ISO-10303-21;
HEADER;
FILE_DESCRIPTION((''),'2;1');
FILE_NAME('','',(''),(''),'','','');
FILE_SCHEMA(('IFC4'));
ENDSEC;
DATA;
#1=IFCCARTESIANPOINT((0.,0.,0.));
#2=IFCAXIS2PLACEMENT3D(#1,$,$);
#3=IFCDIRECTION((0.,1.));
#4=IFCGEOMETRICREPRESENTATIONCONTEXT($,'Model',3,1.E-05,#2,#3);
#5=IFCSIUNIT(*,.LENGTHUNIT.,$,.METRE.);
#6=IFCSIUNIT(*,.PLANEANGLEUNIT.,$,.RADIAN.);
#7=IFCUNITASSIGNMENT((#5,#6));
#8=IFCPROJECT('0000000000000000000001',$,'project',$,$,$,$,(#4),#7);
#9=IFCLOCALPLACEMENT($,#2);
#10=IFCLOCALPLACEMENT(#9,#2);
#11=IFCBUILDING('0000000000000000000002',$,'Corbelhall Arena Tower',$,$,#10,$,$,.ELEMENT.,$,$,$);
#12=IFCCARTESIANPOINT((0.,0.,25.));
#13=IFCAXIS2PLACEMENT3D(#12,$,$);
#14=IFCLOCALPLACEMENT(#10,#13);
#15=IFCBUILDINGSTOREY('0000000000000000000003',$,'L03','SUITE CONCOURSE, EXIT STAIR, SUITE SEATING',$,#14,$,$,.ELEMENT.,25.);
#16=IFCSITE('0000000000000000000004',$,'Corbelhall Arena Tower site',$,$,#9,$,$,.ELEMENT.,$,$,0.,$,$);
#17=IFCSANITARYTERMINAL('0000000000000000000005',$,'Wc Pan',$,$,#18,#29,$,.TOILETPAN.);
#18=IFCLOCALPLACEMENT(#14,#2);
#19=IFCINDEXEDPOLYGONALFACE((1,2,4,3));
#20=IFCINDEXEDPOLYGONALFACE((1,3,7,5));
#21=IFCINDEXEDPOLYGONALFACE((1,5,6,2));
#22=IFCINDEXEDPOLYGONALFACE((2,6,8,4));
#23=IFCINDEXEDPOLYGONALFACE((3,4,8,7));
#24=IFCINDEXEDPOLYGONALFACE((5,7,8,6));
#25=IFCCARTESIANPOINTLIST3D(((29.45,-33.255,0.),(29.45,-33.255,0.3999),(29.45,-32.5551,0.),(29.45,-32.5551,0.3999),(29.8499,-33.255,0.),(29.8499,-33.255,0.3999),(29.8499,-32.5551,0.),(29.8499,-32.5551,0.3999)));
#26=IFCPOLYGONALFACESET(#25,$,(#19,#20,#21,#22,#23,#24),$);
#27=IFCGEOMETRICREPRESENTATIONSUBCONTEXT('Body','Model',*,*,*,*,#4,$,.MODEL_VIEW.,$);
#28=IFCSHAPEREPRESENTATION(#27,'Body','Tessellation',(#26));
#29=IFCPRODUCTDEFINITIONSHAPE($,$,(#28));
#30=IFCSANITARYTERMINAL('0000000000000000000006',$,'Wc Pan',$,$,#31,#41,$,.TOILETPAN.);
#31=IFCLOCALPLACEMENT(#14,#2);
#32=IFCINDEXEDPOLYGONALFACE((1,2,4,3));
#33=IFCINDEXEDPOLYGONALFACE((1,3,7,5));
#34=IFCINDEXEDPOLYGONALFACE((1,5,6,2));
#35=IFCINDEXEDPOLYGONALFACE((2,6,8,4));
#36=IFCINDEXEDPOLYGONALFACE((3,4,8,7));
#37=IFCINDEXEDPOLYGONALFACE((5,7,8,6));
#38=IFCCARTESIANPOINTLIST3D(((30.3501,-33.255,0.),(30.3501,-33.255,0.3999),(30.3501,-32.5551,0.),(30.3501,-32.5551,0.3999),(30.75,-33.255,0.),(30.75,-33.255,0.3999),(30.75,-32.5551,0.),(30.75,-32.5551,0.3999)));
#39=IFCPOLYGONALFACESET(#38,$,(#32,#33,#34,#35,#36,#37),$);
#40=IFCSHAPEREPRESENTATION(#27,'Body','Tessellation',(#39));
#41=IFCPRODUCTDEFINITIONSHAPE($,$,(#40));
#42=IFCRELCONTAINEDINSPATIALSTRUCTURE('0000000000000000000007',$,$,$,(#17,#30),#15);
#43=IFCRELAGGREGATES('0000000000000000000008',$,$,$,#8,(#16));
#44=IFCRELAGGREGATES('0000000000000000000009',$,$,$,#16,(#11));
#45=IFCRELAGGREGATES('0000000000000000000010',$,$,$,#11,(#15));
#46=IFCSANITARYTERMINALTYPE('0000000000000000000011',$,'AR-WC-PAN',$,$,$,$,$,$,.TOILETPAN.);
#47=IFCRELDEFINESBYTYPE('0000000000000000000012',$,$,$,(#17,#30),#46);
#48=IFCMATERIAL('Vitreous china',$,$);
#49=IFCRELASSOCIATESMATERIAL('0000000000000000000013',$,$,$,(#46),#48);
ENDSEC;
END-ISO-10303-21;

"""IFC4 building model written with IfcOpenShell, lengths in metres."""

from ifc_helpers import new_model, si_unit, direction, frame, origin, origin_2d, place, context, subcontext, project, spatial, rectangle, extrude, material, type_object, element, save


model = new_model("IFC4")

# Units and contexts
model_context = context("Model", 3, precision=1e-05, world=origin(), true_north=direction((0.0, 1.0)))
body_context = subcontext(model_context, "Body", "Model", "MODEL_VIEW")
ifc_project = project(units=[si_unit("LENGTHUNIT", "METRE"), si_unit("PLANEANGLEUNIT", "RADIAN")], contexts=[model_context])

# Site, building, storey
site_placement = place(None, origin())
site = spatial("IfcSite", under=ifc_project, at=site_placement, Name="Corbelhall Arena Tower site", CompositionType="ELEMENT", RefElevation=0.0)
building_placement = place(site_placement, origin())
building = spatial("IfcBuilding", under=site, at=building_placement, Name="Corbelhall Arena Tower", CompositionType="ELEMENT")
storey_placement = place(building_placement, frame((0.0, 0.0, 25.0)))
storey = spatial("IfcBuildingStorey", under=building, at=storey_placement, Name="L03", Description="SUITE CONCOURSE, EXIT STAIR, SUITE SEATING", CompositionType="ELEMENT", Elevation=25.0)

# Sanitary terminals
ifc_material_1 = material(Name="Vitreous china")
sanitary_terminal_type = type_object("IfcSanitaryTerminalType", Name="AR-WC-PAN", PredefinedType="TOILETPAN", material=ifc_material_1)
for number, where, z_axis, x_axis, name in (
    (1, (29.6499, -32.905, 0.0), (0.0, 0.0, 1.0), (1.0, 0.0, 0.0), "Wc Pan"),
    (2, (30.55, -32.905, 0.0), (0.0, 0.0, 1.0), (1.0, 0.0, 0.0), "Wc Pan"),
):
    element("IfcSanitaryTerminal", number, at=place(storey_placement, frame(where, z_axis=z_axis, x_axis=x_axis)), inside=storey, type_object=sanitary_terminal_type, Name=name, PredefinedType="TOILETPAN", context=body_context, shape_type="SweptSolid", body=[
        extrude(rectangle(XDim=0.3999, YDim=0.7, at=origin_2d()), origin(), (0.0, 0.0, 1.0), 0.3999),
    ])

save(model, "model.ifc")
